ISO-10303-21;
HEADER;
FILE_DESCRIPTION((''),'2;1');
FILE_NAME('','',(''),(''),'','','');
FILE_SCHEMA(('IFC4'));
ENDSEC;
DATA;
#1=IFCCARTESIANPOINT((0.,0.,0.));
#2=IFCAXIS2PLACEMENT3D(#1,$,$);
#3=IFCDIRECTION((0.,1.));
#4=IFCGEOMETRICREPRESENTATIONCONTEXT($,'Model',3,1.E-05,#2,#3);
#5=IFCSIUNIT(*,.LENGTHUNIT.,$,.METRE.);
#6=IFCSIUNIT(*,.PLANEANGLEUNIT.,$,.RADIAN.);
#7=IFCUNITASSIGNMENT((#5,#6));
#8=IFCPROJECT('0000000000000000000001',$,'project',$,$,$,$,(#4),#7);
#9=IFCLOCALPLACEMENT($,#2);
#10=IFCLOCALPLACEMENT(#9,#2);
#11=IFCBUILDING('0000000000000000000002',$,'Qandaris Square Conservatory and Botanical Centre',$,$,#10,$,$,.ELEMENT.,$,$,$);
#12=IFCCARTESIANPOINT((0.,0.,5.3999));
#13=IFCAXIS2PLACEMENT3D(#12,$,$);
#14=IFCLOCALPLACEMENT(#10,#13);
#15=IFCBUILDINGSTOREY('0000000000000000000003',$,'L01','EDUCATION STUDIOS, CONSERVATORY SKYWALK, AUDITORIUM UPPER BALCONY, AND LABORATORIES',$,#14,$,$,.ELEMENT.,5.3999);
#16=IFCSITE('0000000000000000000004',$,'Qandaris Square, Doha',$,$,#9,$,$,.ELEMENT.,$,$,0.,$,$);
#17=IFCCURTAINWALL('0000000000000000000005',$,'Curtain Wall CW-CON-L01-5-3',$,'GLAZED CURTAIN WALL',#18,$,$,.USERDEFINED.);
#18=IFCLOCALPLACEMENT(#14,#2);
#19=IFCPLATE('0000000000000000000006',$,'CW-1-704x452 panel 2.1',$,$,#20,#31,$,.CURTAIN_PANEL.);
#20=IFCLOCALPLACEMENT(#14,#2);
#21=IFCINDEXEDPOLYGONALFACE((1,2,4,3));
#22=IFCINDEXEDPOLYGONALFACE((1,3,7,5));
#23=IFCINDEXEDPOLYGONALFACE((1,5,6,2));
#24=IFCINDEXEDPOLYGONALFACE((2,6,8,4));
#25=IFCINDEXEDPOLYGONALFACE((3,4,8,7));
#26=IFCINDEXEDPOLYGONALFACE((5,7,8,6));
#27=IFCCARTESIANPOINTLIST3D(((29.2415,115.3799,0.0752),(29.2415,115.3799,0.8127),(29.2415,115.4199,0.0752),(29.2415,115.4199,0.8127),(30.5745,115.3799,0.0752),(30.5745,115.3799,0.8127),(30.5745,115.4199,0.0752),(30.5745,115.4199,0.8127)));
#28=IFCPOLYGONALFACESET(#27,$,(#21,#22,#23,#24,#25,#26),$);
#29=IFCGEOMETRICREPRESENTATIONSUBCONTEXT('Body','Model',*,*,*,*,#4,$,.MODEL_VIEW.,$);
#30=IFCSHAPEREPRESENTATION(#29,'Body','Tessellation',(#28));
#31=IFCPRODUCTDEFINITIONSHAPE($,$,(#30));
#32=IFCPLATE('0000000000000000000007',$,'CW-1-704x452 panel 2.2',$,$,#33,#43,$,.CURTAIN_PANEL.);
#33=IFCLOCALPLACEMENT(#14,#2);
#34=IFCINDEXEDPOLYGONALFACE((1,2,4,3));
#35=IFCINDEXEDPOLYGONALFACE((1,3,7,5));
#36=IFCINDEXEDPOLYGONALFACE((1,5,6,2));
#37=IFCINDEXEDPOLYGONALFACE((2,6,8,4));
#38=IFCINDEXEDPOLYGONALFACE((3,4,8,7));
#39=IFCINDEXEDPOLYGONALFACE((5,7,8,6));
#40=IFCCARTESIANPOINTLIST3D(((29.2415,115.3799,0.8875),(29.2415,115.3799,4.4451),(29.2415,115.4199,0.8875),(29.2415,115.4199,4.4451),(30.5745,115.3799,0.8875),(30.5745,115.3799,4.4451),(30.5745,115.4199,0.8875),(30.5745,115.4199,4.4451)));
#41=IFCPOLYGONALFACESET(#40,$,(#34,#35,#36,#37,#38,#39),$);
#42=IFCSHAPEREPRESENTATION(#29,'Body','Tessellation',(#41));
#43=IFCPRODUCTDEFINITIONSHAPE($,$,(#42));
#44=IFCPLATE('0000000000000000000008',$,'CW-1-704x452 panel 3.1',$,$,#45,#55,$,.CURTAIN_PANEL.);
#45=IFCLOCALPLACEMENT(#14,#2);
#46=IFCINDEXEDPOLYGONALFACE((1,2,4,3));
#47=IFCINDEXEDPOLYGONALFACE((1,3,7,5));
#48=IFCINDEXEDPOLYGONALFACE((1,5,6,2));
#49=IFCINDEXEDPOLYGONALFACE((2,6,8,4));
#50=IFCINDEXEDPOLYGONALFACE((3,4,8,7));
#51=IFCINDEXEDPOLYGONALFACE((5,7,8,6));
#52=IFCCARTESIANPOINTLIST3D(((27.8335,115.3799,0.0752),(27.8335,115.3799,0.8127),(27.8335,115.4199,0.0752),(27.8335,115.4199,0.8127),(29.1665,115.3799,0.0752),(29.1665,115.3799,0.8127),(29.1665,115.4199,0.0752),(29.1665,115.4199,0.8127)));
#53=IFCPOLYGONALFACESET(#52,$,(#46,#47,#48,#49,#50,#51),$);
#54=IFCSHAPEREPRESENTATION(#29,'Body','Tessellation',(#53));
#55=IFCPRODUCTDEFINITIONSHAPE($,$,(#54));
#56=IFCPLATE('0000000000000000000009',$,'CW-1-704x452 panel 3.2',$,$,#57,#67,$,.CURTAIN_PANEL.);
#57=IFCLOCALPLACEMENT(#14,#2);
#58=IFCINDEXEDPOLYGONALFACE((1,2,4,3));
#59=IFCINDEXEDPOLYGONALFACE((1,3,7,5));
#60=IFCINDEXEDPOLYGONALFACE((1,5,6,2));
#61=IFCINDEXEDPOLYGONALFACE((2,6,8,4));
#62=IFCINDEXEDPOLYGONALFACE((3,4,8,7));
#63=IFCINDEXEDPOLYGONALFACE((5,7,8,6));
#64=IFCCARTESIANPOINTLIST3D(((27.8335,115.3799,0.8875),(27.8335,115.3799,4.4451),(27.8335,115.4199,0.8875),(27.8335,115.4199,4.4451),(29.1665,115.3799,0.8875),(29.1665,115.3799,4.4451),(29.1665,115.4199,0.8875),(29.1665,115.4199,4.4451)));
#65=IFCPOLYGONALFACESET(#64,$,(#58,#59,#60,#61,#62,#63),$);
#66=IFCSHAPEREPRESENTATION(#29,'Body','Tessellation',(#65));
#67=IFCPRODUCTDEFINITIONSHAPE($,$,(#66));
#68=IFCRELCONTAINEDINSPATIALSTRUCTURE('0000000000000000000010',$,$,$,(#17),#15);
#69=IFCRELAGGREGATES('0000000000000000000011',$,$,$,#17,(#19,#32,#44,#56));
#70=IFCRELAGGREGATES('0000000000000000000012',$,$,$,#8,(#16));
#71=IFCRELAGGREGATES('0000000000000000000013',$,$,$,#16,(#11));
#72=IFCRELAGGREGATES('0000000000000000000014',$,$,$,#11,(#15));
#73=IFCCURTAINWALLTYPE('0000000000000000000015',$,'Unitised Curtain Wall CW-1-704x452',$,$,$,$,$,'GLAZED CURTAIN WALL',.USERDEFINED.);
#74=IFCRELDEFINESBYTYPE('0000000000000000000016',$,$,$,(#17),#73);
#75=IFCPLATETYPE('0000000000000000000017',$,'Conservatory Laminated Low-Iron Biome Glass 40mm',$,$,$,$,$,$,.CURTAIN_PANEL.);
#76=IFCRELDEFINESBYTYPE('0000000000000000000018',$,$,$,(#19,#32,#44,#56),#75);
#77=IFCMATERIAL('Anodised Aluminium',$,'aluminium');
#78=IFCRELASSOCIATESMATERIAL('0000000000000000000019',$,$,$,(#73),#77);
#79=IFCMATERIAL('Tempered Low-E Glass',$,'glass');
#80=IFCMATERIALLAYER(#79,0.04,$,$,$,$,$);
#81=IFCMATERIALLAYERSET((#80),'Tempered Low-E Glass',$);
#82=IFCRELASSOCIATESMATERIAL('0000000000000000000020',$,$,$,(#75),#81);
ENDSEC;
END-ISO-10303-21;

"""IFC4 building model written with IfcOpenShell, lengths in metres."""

from ifc_helpers import new_model, si_unit, direction, frame, origin, origin_2d, place, context, subcontext, project, spatial, rectangle, extrude, material, layer, layer_set, type_object, element, aggregate, save


model = new_model("IFC4")

# Units and contexts
model_context = context("Model", 3, precision=1e-05, world=origin(), true_north=direction((0.0, 1.0)))
body_context = subcontext(model_context, "Body", "Model", "MODEL_VIEW")
ifc_project = project(units=[si_unit("LENGTHUNIT", "METRE"), si_unit("PLANEANGLEUNIT", "RADIAN")], contexts=[model_context])

# Site, building, storey
site_placement = place(None, origin())
site = spatial("IfcSite", under=ifc_project, at=site_placement, Name="Qandaris Square, Doha", CompositionType="ELEMENT", RefElevation=0.0)
building_placement = place(site_placement, origin())
building = spatial("IfcBuilding", under=site, at=building_placement, Name="Qandaris Square Conservatory and Botanical Centre", CompositionType="ELEMENT")
storey_placement = place(building_placement, frame((0.0, 0.0, 5.3999)))
storey = spatial("IfcBuildingStorey", under=building, at=storey_placement, Name="L01", Description="EDUCATION STUDIOS, CONSERVATORY SKYWALK, AUDITORIUM UPPER BALCONY, AND LABORATORIES", CompositionType="ELEMENT", Elevation=5.3999)

# Curtain wall
ifc_material_1 = material(Name="Anodised Aluminium", Category="aluminium")
curtain_wall_type = type_object("IfcCurtainWallType", Name="Unitised Curtain Wall CW-1-704x452", ElementType="GLAZED CURTAIN WALL", PredefinedType="USERDEFINED", material=ifc_material_1)
curtain_wall_1_placement = place(storey_placement, origin())
curtain_wall_1 = element("IfcCurtainWall", 1, at=curtain_wall_1_placement, inside=storey, type_object=curtain_wall_type, Name="Curtain Wall CW-CON-L01-5-3", ObjectType="GLAZED CURTAIN WALL", PredefinedType="USERDEFINED")

# Plates
ifc_material_2 = material(Name="Tempered Low-E Glass", Category="glass")
ifc_layer = layer(ifc_material_2, 0.04)
ifc_layer_set = layer_set([ifc_layer], Name="Tempered Low-E Glass")
plate_type = type_object("IfcPlateType", Name="Conservatory Laminated Low-Iron Biome Glass 40mm", PredefinedType="CURTAIN_PANEL", material=ifc_layer_set)
plate_1_placement = place(storey_placement, frame((29.908, 115.3999, 0.0752), z_axis=(0.0, 0.0, 1.0), x_axis=(-1.0, 0.0, 0.0)))
plate_1 = element("IfcPlate", 2, at=plate_1_placement, type_object=plate_type, Name="CW-1-704x452 panel 2.1", PredefinedType="CURTAIN_PANEL", context=body_context, shape_type="SweptSolid", body=[
    extrude(rectangle(XDim=1.333, YDim=0.04, at=origin_2d()), origin(), (0.0, 0.0, 1.0), 0.7375),
])
plate_2_placement = place(storey_placement, frame((29.908, 115.3999, 0.8875), z_axis=(0.0, 0.0, 1.0), x_axis=(-1.0, 0.0, 0.0)))
plate_2 = element("IfcPlate", 3, at=plate_2_placement, type_object=plate_type, Name="CW-1-704x452 panel 2.2", PredefinedType="CURTAIN_PANEL", context=body_context, shape_type="SweptSolid", body=[
    extrude(rectangle(XDim=1.333, YDim=0.04, at=origin_2d()), origin(), (0.0, 0.0, 1.0), 3.5576),
])
plate_3_placement = place(storey_placement, frame((28.5, 115.3999, 0.0752), z_axis=(0.0, 0.0, 1.0), x_axis=(-1.0, 0.0, 0.0)))
plate_3 = element("IfcPlate", 4, at=plate_3_placement, type_object=plate_type, Name="CW-1-704x452 panel 3.1", PredefinedType="CURTAIN_PANEL", context=body_context, shape_type="SweptSolid", body=[
    extrude(rectangle(XDim=1.333, YDim=0.04, at=origin_2d()), origin(), (0.0, 0.0, 1.0), 0.7375),
])
plate_4_placement = place(storey_placement, frame((28.5, 115.3999, 0.8875), z_axis=(0.0, 0.0, 1.0), x_axis=(-1.0, 0.0, 0.0)))
plate_4 = element("IfcPlate", 5, at=plate_4_placement, type_object=plate_type, Name="CW-1-704x452 panel 3.2", PredefinedType="CURTAIN_PANEL", context=body_context, shape_type="SweptSolid", body=[
    extrude(rectangle(XDim=1.333, YDim=0.04, at=origin_2d()), origin(), (0.0, 0.0, 1.0), 3.5576),
])
aggregate(curtain_wall_1, [plate_1, plate_2, plate_3, plate_4])

save(model, "model.ifc")
